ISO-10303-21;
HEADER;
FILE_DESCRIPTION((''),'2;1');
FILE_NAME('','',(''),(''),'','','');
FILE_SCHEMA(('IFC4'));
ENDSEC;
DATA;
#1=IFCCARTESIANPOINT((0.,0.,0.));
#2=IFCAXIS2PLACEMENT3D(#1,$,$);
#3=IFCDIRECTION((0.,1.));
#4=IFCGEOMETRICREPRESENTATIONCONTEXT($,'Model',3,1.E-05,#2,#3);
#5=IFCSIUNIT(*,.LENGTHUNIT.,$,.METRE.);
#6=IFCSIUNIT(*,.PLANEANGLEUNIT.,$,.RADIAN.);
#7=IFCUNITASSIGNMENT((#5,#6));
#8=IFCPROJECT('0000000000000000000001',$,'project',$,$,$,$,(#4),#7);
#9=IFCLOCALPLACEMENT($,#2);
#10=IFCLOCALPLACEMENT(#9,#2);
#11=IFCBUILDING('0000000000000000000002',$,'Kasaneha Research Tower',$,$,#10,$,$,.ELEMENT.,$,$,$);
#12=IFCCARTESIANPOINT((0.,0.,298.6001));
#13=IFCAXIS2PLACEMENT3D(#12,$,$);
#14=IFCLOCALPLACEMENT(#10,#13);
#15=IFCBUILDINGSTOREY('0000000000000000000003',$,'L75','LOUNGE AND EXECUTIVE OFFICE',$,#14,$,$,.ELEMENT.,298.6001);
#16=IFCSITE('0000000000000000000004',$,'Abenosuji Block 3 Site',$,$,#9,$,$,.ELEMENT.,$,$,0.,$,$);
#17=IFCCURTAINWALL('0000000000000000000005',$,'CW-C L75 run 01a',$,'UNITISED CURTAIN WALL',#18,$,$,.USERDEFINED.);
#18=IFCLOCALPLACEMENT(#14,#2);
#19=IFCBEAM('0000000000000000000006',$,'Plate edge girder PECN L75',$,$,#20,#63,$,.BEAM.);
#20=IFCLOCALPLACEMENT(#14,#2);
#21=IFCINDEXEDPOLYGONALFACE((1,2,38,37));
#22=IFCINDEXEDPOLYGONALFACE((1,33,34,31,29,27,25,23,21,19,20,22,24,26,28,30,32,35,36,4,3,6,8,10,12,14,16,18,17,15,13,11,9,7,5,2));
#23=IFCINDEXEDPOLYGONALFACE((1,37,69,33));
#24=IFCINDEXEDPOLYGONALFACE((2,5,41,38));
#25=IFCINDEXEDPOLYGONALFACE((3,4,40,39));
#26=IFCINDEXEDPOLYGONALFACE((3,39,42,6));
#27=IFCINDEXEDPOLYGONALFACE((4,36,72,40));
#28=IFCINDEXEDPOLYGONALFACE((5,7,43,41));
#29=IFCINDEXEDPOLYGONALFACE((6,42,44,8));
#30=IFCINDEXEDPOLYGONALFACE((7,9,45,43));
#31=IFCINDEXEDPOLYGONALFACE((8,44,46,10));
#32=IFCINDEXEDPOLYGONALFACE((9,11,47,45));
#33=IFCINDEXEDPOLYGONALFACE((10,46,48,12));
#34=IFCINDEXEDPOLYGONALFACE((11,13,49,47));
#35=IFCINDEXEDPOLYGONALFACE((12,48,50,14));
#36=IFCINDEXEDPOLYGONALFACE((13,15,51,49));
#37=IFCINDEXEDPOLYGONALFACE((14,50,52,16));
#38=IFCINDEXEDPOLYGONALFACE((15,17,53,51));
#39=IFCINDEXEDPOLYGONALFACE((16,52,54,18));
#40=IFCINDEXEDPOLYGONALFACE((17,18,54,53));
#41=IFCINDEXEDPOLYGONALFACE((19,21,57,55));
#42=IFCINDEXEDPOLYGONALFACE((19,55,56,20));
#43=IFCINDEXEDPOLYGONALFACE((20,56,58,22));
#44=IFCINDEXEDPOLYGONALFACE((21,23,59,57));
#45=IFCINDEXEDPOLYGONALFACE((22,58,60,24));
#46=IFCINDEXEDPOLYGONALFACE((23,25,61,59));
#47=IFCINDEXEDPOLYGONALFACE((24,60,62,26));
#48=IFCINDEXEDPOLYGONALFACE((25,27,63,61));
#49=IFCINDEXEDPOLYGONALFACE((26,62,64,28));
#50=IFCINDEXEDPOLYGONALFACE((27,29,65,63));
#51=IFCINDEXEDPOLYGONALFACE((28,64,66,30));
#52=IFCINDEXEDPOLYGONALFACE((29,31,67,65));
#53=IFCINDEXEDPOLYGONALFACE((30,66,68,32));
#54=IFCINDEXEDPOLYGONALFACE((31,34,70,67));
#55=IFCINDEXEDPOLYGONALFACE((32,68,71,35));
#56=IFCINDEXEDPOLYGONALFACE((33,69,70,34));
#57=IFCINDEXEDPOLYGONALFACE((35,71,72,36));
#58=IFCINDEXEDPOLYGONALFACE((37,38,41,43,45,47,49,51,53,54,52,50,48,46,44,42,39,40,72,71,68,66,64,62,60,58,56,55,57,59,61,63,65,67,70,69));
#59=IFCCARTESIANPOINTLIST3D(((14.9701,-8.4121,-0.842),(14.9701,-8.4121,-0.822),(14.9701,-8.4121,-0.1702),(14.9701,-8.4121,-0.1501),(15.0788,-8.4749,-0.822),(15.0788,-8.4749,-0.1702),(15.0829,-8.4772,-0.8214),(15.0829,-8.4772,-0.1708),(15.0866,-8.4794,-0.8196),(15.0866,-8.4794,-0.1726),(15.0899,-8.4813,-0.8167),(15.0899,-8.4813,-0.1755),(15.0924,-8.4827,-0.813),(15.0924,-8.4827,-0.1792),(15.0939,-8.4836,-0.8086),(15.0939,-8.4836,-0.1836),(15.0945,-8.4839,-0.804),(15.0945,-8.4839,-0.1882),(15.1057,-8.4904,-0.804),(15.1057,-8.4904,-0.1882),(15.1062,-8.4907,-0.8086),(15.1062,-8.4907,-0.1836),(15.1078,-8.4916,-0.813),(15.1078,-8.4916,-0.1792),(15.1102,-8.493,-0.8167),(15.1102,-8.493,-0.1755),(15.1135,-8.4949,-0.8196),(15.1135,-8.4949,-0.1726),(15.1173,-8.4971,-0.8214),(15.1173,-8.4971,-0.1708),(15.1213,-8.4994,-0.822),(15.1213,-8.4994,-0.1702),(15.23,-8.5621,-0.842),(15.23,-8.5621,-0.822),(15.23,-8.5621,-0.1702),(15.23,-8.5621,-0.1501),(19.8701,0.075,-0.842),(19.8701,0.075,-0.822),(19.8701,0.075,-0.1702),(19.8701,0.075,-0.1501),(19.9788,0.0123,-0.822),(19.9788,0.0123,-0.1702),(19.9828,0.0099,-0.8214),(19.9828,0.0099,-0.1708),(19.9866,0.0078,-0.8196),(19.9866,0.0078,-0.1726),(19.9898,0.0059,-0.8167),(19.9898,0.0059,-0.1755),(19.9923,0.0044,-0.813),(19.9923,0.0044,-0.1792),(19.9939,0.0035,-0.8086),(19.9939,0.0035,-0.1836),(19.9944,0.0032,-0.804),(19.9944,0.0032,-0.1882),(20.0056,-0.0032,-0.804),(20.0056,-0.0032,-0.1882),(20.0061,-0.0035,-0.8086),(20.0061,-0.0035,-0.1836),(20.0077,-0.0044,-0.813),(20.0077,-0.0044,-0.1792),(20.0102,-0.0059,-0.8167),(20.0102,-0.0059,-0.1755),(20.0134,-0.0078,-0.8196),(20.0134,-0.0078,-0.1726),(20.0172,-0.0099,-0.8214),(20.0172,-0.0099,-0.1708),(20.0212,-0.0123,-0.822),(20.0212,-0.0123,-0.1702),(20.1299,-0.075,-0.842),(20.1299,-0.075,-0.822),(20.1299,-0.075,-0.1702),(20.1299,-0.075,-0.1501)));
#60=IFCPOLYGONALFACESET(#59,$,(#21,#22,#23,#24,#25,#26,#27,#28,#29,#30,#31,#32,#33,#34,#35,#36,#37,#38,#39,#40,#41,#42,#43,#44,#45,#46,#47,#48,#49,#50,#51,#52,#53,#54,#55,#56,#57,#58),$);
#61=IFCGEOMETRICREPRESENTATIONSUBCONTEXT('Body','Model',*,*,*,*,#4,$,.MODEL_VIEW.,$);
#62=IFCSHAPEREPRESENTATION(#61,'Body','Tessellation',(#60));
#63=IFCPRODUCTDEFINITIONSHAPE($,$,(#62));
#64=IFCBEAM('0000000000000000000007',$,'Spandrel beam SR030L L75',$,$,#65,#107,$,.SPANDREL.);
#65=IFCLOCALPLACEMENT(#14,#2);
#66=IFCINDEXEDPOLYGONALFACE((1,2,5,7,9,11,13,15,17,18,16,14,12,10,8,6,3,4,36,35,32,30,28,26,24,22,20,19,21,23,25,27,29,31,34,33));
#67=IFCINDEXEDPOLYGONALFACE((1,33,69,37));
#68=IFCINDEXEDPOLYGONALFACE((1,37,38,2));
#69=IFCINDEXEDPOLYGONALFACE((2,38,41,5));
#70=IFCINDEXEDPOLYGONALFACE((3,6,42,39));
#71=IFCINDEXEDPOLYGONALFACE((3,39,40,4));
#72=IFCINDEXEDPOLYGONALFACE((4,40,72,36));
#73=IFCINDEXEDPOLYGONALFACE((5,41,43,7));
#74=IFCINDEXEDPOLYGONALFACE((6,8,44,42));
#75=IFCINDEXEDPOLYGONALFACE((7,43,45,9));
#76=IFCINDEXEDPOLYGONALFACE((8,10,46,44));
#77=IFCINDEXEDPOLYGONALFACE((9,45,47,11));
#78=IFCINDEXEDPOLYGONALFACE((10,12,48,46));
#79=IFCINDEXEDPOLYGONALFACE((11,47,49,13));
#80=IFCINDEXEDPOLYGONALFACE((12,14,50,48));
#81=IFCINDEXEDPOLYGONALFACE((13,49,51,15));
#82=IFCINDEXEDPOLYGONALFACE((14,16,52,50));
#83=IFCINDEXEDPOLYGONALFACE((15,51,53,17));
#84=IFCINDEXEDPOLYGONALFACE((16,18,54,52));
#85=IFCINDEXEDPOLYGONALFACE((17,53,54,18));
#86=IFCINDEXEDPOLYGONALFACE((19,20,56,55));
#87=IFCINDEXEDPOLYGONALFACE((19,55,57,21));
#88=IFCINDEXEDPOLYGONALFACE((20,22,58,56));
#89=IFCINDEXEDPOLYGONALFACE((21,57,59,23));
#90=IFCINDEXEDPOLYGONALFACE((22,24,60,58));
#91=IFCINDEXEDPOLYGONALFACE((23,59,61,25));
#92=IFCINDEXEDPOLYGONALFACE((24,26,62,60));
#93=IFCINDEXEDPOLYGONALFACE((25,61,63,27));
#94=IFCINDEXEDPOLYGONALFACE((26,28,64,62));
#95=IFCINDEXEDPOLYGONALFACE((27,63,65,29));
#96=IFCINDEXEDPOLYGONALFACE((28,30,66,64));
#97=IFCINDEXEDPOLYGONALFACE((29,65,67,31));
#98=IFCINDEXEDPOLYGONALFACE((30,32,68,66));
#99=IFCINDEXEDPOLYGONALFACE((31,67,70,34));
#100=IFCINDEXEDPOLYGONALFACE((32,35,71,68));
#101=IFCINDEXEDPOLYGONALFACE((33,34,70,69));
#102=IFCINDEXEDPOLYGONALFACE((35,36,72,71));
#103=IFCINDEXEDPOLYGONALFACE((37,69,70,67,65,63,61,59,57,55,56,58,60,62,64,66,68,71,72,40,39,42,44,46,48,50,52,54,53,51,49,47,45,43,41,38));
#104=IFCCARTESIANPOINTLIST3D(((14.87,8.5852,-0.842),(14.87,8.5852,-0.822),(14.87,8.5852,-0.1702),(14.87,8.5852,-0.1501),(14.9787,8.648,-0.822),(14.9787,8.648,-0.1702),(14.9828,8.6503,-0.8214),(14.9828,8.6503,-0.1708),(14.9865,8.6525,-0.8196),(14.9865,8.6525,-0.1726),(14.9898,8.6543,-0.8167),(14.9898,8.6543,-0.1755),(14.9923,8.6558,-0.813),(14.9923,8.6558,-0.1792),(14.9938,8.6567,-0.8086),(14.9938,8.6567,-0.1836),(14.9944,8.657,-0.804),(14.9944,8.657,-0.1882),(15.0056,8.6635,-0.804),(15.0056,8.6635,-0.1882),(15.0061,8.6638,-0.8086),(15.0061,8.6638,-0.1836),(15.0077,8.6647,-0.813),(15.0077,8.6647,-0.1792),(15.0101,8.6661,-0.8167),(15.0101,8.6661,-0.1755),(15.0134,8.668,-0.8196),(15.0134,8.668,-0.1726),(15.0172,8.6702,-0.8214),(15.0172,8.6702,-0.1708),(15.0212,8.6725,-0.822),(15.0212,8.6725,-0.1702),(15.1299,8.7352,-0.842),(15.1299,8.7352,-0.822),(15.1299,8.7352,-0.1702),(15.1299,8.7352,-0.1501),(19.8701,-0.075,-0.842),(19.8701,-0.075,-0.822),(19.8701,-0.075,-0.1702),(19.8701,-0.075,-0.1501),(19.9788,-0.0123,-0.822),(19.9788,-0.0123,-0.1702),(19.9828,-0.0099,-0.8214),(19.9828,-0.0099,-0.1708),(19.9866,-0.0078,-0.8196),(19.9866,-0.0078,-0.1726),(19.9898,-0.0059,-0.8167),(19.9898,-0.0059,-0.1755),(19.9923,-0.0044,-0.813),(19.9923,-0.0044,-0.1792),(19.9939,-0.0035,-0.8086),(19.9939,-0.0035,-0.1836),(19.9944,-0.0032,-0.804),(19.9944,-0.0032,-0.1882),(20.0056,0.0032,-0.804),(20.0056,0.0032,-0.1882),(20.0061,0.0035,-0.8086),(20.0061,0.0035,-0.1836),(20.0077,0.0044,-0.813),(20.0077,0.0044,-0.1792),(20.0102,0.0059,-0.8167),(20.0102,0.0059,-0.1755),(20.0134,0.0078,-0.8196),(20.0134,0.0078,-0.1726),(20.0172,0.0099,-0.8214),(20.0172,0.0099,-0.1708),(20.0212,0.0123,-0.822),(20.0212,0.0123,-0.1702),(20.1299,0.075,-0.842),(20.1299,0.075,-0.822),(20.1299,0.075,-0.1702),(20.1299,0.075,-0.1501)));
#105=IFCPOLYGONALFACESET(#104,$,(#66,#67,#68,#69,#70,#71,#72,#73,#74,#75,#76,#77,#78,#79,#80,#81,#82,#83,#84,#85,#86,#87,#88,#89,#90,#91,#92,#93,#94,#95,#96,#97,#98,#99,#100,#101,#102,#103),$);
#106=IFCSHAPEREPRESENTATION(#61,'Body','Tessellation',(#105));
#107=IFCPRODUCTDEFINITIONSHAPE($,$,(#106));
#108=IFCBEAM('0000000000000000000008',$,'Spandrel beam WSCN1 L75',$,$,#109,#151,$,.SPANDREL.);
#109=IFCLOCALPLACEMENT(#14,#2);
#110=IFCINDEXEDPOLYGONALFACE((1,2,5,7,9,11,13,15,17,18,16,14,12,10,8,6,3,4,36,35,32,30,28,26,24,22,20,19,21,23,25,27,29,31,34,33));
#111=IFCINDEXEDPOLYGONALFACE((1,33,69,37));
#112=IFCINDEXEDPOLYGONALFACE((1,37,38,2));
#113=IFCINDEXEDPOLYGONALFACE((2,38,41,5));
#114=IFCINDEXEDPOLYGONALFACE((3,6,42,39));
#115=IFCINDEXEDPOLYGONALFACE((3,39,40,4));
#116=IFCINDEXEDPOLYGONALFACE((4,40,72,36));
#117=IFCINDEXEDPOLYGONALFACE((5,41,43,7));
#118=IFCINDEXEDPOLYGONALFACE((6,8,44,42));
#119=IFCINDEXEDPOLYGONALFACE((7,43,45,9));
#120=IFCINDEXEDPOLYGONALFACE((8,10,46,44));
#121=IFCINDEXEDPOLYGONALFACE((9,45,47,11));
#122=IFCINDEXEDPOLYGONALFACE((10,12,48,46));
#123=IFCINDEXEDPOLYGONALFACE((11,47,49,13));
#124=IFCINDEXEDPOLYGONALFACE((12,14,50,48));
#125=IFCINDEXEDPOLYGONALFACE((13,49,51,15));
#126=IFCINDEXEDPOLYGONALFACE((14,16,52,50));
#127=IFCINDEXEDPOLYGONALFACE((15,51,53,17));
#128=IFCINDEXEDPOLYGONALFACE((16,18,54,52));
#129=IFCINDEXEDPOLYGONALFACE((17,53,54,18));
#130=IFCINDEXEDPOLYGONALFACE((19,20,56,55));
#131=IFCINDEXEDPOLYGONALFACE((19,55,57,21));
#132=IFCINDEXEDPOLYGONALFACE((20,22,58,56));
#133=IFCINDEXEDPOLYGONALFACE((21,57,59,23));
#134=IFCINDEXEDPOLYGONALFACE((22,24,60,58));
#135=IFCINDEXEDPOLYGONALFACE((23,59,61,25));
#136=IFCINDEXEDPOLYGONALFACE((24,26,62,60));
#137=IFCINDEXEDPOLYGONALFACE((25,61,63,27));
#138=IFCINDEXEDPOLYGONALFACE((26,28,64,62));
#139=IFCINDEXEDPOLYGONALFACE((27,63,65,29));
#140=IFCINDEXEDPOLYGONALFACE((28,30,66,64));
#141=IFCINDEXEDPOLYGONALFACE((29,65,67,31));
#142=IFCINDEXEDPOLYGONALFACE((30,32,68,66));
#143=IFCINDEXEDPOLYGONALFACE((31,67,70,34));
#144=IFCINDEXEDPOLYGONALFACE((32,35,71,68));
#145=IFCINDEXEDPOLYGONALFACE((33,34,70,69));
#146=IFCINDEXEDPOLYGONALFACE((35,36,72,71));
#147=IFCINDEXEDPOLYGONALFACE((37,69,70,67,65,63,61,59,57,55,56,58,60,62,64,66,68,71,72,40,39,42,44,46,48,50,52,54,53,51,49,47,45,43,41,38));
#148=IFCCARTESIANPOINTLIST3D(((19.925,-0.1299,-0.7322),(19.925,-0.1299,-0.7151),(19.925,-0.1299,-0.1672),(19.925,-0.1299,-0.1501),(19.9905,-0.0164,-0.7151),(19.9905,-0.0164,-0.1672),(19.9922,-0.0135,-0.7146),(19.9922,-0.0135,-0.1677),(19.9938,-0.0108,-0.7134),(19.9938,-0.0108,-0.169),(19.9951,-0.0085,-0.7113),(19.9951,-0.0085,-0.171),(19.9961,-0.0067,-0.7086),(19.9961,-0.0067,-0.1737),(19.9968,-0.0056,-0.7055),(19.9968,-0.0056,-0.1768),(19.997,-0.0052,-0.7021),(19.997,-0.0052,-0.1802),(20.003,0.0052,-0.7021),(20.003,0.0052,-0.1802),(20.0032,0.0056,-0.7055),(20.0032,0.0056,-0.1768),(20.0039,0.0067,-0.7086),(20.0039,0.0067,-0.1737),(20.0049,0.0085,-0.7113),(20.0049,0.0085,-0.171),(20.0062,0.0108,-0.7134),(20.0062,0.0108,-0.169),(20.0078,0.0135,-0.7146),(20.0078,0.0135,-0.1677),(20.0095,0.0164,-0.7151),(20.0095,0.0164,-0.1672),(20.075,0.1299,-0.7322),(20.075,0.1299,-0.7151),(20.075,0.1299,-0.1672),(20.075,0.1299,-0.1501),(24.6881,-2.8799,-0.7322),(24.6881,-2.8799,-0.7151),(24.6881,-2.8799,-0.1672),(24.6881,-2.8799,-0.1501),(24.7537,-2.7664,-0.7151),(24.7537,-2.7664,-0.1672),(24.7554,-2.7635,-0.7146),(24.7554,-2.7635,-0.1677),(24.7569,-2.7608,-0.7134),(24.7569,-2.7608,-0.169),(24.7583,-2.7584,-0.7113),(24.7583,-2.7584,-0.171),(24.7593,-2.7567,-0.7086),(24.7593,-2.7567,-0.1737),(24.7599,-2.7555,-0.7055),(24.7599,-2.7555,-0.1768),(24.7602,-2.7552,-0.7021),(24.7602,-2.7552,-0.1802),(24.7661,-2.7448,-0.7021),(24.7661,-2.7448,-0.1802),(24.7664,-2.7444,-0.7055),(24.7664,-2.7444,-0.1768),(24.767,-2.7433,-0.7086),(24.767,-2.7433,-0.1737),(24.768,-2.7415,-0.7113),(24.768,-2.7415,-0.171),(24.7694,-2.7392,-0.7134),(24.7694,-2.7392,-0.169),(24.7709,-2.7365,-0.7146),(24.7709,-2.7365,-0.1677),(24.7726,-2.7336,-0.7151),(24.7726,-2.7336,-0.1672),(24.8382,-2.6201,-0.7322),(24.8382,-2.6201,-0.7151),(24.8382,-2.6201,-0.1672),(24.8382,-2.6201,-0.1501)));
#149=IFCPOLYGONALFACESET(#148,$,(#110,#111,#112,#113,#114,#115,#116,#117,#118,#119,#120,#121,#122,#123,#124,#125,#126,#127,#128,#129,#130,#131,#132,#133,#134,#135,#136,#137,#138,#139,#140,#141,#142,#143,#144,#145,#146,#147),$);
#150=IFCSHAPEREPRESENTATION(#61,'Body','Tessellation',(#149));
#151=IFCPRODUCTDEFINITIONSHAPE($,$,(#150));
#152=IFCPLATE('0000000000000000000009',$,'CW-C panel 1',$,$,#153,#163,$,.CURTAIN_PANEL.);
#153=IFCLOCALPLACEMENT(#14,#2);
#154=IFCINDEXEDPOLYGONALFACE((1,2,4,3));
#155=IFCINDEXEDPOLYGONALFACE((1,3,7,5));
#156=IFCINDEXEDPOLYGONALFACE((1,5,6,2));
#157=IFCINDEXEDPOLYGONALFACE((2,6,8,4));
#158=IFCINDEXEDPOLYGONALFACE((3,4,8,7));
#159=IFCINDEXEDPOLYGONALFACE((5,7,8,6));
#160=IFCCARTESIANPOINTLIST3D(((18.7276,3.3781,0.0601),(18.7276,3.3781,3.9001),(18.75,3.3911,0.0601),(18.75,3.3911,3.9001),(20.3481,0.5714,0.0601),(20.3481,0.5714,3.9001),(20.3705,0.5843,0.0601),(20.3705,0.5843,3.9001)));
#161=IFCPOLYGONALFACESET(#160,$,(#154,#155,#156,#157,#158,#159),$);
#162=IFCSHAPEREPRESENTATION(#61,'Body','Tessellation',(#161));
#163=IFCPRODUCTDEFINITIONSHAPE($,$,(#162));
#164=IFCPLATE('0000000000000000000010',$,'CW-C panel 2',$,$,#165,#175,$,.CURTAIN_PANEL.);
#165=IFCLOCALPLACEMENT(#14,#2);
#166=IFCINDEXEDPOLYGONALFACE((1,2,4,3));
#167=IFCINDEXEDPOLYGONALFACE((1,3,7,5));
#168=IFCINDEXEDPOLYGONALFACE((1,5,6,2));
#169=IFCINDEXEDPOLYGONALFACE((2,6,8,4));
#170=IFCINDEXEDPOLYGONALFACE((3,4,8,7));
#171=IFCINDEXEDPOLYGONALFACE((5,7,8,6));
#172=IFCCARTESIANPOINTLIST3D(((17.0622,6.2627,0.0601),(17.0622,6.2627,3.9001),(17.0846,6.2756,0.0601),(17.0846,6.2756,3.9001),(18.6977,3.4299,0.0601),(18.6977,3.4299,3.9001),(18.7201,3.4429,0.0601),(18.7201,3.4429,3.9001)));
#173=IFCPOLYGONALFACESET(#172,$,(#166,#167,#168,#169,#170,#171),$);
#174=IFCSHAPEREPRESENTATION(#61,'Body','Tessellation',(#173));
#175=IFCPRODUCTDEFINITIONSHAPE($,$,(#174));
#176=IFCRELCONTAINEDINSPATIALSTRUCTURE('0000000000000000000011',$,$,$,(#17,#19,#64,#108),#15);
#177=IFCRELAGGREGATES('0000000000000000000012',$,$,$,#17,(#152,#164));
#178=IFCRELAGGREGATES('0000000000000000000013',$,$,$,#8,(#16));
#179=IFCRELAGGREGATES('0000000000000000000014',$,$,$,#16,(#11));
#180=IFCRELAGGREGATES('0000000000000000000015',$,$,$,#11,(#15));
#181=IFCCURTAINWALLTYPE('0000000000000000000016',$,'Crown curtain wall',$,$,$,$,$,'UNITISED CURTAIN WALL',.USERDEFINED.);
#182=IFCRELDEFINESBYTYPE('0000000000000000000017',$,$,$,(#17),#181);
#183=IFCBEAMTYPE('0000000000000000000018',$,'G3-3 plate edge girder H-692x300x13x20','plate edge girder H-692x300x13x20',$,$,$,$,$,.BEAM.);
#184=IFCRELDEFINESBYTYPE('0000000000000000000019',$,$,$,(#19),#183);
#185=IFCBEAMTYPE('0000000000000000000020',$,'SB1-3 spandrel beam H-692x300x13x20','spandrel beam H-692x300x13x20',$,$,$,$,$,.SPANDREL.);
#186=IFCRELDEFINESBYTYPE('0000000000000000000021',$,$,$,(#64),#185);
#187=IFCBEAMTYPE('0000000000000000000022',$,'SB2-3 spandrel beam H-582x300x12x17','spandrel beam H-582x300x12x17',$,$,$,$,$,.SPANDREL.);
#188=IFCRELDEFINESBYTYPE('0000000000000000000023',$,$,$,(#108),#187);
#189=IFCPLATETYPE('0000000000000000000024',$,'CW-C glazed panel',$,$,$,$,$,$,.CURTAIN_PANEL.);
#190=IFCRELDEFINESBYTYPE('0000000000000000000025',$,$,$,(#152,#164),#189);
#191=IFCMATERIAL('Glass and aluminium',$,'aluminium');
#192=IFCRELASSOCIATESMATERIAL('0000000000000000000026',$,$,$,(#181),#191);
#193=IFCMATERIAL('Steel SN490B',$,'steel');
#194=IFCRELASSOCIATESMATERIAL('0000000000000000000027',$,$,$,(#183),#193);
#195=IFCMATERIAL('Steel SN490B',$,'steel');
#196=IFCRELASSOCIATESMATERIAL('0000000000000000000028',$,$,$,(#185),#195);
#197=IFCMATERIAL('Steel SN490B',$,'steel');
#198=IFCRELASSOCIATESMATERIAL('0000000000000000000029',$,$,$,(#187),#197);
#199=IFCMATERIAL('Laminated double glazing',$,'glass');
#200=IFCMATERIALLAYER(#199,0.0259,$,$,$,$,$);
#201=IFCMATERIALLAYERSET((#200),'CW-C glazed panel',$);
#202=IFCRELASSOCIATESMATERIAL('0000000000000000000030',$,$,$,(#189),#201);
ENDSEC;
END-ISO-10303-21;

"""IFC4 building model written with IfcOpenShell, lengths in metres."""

from ifc_helpers import new_model, si_unit, direction, frame, origin, origin_2d, place, context, subcontext, project, spatial, rectangle, i_section, extrude, material, layer, layer_set, material_profile, profile_set, type_object, element, aggregate, save


model = new_model("IFC4")

# Units and contexts
model_context = context("Model", 3, precision=1e-05, world=origin(), true_north=direction((0.0, 1.0)))
body_context = subcontext(model_context, "Body", "Model", "MODEL_VIEW")
ifc_project = project(units=[si_unit("LENGTHUNIT", "METRE"), si_unit("PLANEANGLEUNIT", "RADIAN")], contexts=[model_context])

# Site, building, storey
site_placement = place(None, origin())
site = spatial("IfcSite", under=ifc_project, at=site_placement, Name="Abenosuji Block 3 Site", CompositionType="ELEMENT", RefElevation=0.0)
building_placement = place(site_placement, origin())
building = spatial("IfcBuilding", under=site, at=building_placement, Name="Kasaneha Research Tower", CompositionType="ELEMENT")
storey_placement = place(building_placement, frame((0.0, 0.0, 298.6001)))
storey = spatial("IfcBuildingStorey", under=building, at=storey_placement, Name="L75", Description="LOUNGE AND EXECUTIVE OFFICE", CompositionType="ELEMENT", Elevation=298.6001)

# Curtain wall
ifc_material_1 = material(Name="Glass and aluminium", Category="aluminium")
curtain_wall_type = type_object("IfcCurtainWallType", Name="Crown curtain wall", ElementType="UNITISED CURTAIN WALL", PredefinedType="USERDEFINED", material=ifc_material_1)
curtain_wall_1_placement = place(storey_placement, origin())
curtain_wall_1 = element("IfcCurtainWall", 1, at=curtain_wall_1_placement, inside=storey, type_object=curtain_wall_type, Name="CW-C L75 run 01a", ObjectType="UNITISED CURTAIN WALL", PredefinedType="USERDEFINED")

# Beams
ifc_material_2 = material(Name="Steel SN490B", Category="steel")
ifc_material_profile_1 = material_profile(ifc_material_2, i_section(OverallWidth=0.3, OverallDepth=0.6919, WebThickness=0.0129, FlangeThickness=0.02, FilletRadius=0.0181, at=origin_2d()), Name="H-692x300x13x20")
ifc_profile_set_1 = profile_set([ifc_material_profile_1], Name="Steel SN490B")
beam_type_1 = type_object("IfcBeamType", Name="G3-3 plate edge girder H-692x300x13x20", Description="plate edge girder H-692x300x13x20", PredefinedType="BEAM", material=ifc_profile_set_1)
beam_1_placement = place(storey_placement, frame((20.0, 0.0, -0.4961), z_axis=(-0.499992, -0.86603, 0.0), x_axis=(0.86603, -0.499992, 0.0)))
element("IfcBeam", 2, at=beam_1_placement, inside=storey, type_object=beam_type_1, Name="Plate edge girder PECN L75", PredefinedType="BEAM", context=body_context, shape_type="SweptSolid", body=[
    extrude(i_section(OverallWidth=0.3, OverallDepth=0.6919, WebThickness=0.0129, FlangeThickness=0.02, FilletRadius=0.0181, at=origin_2d()), origin(), (0.0, 0.0, 1.0), 9.8),
])
ifc_material_3 = material(Name="Steel SN490B", Category="steel")
ifc_material_profile_2 = material_profile(ifc_material_3, i_section(OverallWidth=0.3, OverallDepth=0.6919, WebThickness=0.0129, FlangeThickness=0.02, FilletRadius=0.0181, at=origin_2d()), Name="H-692x300x13x20")
ifc_profile_set_2 = profile_set([ifc_material_profile_2], Name="Steel SN490B")
beam_type_2 = type_object("IfcBeamType", Name="SB1-3 spandrel beam H-692x300x13x20", Description="spandrel beam H-692x300x13x20", PredefinedType="SPANDREL", material=ifc_profile_set_2)
beam_2_placement = place(storey_placement, frame((20.0, 0.0, -0.4961), z_axis=(-0.500004, 0.866023, 0.0), x_axis=(-0.866023, -0.500004, 0.0)))
element("IfcBeam", 3, at=beam_2_placement, inside=storey, type_object=beam_type_2, Name="Spandrel beam SR030L L75", PredefinedType="SPANDREL", context=body_context, shape_type="SweptSolid", body=[
    extrude(i_section(OverallWidth=0.3, OverallDepth=0.6919, WebThickness=0.0129, FlangeThickness=0.02, FilletRadius=0.0181, at=origin_2d()), origin(), (0.0, 0.0, 1.0), 10.0),
])
ifc_material_4 = material(Name="Steel SN490B", Category="steel")
ifc_material_profile_3 = material_profile(ifc_material_4, i_section(OverallWidth=0.3, OverallDepth=0.582, WebThickness=0.012, FlangeThickness=0.0171, FilletRadius=0.0129, at=origin_2d()), Name="H-582x300x12x17")
ifc_profile_set_3 = profile_set([ifc_material_profile_3], Name="Steel SN490B")
beam_type_3 = type_object("IfcBeamType", Name="SB2-3 spandrel beam H-582x300x12x17", Description="spandrel beam H-582x300x12x17", PredefinedType="SPANDREL", material=ifc_profile_set_3)
beam_3_placement = place(storey_placement, frame((20.0, 0.0, -0.4412), z_axis=(0.866027, -0.499997, 0.0), x_axis=(0.499997, 0.866027, 0.0)))
element("IfcBeam", 4, at=beam_3_placement, inside=storey, type_object=beam_type_3, Name="Spandrel beam WSCN1 L75", PredefinedType="SPANDREL", context=body_context, shape_type="SweptSolid", body=[
    extrude(i_section(OverallWidth=0.3, OverallDepth=0.582, WebThickness=0.012, FlangeThickness=0.0171, FilletRadius=0.0129, at=origin_2d()), origin(), (0.0, 0.0, 1.0), 5.5),
])

# Plates
ifc_material_5 = material(Name="Laminated double glazing", Category="glass")
ifc_layer_1 = layer(ifc_material_5, 0.0259)
ifc_layer_set_1 = layer_set([ifc_layer_1], Name="CW-C glazed panel")
plate_type = type_object("IfcPlateType", Name="CW-C glazed panel", PredefinedType="CURTAIN_PANEL", material=ifc_layer_set_1)
plate_1_placement = place(storey_placement, frame((19.5491, 1.9812, 0.0601), z_axis=(0.0, 0.0, 1.0), x_axis=(-0.5, 0.866025, 0.0)))
plate_1 = element("IfcPlate", 5, at=plate_1_placement, type_object=plate_type, Name="CW-C panel 1", PredefinedType="CURTAIN_PANEL", context=body_context, shape_type="SweptSolid", body=[
    extrude(rectangle(XDim=3.241, YDim=0.0259, at=origin_2d()), origin(), (0.0, 0.0, 1.0), 3.8401),
])
plate_2_placement = place(storey_placement, frame((17.8911, 4.8528, 0.0601), z_axis=(0.0, 0.0, 1.0), x_axis=(-0.5, 0.866025, 0.0)))
plate_2 = element("IfcPlate", 6, at=plate_2_placement, type_object=plate_type, Name="CW-C panel 2", PredefinedType="CURTAIN_PANEL", context=body_context, shape_type="SweptSolid", body=[
    extrude(rectangle(XDim=3.271, YDim=0.0259, at=origin_2d()), origin(), (0.0, 0.0, 1.0), 3.8401),
])
aggregate(curtain_wall_1, [plate_1, plate_2])

save(model, "model.ifc")
